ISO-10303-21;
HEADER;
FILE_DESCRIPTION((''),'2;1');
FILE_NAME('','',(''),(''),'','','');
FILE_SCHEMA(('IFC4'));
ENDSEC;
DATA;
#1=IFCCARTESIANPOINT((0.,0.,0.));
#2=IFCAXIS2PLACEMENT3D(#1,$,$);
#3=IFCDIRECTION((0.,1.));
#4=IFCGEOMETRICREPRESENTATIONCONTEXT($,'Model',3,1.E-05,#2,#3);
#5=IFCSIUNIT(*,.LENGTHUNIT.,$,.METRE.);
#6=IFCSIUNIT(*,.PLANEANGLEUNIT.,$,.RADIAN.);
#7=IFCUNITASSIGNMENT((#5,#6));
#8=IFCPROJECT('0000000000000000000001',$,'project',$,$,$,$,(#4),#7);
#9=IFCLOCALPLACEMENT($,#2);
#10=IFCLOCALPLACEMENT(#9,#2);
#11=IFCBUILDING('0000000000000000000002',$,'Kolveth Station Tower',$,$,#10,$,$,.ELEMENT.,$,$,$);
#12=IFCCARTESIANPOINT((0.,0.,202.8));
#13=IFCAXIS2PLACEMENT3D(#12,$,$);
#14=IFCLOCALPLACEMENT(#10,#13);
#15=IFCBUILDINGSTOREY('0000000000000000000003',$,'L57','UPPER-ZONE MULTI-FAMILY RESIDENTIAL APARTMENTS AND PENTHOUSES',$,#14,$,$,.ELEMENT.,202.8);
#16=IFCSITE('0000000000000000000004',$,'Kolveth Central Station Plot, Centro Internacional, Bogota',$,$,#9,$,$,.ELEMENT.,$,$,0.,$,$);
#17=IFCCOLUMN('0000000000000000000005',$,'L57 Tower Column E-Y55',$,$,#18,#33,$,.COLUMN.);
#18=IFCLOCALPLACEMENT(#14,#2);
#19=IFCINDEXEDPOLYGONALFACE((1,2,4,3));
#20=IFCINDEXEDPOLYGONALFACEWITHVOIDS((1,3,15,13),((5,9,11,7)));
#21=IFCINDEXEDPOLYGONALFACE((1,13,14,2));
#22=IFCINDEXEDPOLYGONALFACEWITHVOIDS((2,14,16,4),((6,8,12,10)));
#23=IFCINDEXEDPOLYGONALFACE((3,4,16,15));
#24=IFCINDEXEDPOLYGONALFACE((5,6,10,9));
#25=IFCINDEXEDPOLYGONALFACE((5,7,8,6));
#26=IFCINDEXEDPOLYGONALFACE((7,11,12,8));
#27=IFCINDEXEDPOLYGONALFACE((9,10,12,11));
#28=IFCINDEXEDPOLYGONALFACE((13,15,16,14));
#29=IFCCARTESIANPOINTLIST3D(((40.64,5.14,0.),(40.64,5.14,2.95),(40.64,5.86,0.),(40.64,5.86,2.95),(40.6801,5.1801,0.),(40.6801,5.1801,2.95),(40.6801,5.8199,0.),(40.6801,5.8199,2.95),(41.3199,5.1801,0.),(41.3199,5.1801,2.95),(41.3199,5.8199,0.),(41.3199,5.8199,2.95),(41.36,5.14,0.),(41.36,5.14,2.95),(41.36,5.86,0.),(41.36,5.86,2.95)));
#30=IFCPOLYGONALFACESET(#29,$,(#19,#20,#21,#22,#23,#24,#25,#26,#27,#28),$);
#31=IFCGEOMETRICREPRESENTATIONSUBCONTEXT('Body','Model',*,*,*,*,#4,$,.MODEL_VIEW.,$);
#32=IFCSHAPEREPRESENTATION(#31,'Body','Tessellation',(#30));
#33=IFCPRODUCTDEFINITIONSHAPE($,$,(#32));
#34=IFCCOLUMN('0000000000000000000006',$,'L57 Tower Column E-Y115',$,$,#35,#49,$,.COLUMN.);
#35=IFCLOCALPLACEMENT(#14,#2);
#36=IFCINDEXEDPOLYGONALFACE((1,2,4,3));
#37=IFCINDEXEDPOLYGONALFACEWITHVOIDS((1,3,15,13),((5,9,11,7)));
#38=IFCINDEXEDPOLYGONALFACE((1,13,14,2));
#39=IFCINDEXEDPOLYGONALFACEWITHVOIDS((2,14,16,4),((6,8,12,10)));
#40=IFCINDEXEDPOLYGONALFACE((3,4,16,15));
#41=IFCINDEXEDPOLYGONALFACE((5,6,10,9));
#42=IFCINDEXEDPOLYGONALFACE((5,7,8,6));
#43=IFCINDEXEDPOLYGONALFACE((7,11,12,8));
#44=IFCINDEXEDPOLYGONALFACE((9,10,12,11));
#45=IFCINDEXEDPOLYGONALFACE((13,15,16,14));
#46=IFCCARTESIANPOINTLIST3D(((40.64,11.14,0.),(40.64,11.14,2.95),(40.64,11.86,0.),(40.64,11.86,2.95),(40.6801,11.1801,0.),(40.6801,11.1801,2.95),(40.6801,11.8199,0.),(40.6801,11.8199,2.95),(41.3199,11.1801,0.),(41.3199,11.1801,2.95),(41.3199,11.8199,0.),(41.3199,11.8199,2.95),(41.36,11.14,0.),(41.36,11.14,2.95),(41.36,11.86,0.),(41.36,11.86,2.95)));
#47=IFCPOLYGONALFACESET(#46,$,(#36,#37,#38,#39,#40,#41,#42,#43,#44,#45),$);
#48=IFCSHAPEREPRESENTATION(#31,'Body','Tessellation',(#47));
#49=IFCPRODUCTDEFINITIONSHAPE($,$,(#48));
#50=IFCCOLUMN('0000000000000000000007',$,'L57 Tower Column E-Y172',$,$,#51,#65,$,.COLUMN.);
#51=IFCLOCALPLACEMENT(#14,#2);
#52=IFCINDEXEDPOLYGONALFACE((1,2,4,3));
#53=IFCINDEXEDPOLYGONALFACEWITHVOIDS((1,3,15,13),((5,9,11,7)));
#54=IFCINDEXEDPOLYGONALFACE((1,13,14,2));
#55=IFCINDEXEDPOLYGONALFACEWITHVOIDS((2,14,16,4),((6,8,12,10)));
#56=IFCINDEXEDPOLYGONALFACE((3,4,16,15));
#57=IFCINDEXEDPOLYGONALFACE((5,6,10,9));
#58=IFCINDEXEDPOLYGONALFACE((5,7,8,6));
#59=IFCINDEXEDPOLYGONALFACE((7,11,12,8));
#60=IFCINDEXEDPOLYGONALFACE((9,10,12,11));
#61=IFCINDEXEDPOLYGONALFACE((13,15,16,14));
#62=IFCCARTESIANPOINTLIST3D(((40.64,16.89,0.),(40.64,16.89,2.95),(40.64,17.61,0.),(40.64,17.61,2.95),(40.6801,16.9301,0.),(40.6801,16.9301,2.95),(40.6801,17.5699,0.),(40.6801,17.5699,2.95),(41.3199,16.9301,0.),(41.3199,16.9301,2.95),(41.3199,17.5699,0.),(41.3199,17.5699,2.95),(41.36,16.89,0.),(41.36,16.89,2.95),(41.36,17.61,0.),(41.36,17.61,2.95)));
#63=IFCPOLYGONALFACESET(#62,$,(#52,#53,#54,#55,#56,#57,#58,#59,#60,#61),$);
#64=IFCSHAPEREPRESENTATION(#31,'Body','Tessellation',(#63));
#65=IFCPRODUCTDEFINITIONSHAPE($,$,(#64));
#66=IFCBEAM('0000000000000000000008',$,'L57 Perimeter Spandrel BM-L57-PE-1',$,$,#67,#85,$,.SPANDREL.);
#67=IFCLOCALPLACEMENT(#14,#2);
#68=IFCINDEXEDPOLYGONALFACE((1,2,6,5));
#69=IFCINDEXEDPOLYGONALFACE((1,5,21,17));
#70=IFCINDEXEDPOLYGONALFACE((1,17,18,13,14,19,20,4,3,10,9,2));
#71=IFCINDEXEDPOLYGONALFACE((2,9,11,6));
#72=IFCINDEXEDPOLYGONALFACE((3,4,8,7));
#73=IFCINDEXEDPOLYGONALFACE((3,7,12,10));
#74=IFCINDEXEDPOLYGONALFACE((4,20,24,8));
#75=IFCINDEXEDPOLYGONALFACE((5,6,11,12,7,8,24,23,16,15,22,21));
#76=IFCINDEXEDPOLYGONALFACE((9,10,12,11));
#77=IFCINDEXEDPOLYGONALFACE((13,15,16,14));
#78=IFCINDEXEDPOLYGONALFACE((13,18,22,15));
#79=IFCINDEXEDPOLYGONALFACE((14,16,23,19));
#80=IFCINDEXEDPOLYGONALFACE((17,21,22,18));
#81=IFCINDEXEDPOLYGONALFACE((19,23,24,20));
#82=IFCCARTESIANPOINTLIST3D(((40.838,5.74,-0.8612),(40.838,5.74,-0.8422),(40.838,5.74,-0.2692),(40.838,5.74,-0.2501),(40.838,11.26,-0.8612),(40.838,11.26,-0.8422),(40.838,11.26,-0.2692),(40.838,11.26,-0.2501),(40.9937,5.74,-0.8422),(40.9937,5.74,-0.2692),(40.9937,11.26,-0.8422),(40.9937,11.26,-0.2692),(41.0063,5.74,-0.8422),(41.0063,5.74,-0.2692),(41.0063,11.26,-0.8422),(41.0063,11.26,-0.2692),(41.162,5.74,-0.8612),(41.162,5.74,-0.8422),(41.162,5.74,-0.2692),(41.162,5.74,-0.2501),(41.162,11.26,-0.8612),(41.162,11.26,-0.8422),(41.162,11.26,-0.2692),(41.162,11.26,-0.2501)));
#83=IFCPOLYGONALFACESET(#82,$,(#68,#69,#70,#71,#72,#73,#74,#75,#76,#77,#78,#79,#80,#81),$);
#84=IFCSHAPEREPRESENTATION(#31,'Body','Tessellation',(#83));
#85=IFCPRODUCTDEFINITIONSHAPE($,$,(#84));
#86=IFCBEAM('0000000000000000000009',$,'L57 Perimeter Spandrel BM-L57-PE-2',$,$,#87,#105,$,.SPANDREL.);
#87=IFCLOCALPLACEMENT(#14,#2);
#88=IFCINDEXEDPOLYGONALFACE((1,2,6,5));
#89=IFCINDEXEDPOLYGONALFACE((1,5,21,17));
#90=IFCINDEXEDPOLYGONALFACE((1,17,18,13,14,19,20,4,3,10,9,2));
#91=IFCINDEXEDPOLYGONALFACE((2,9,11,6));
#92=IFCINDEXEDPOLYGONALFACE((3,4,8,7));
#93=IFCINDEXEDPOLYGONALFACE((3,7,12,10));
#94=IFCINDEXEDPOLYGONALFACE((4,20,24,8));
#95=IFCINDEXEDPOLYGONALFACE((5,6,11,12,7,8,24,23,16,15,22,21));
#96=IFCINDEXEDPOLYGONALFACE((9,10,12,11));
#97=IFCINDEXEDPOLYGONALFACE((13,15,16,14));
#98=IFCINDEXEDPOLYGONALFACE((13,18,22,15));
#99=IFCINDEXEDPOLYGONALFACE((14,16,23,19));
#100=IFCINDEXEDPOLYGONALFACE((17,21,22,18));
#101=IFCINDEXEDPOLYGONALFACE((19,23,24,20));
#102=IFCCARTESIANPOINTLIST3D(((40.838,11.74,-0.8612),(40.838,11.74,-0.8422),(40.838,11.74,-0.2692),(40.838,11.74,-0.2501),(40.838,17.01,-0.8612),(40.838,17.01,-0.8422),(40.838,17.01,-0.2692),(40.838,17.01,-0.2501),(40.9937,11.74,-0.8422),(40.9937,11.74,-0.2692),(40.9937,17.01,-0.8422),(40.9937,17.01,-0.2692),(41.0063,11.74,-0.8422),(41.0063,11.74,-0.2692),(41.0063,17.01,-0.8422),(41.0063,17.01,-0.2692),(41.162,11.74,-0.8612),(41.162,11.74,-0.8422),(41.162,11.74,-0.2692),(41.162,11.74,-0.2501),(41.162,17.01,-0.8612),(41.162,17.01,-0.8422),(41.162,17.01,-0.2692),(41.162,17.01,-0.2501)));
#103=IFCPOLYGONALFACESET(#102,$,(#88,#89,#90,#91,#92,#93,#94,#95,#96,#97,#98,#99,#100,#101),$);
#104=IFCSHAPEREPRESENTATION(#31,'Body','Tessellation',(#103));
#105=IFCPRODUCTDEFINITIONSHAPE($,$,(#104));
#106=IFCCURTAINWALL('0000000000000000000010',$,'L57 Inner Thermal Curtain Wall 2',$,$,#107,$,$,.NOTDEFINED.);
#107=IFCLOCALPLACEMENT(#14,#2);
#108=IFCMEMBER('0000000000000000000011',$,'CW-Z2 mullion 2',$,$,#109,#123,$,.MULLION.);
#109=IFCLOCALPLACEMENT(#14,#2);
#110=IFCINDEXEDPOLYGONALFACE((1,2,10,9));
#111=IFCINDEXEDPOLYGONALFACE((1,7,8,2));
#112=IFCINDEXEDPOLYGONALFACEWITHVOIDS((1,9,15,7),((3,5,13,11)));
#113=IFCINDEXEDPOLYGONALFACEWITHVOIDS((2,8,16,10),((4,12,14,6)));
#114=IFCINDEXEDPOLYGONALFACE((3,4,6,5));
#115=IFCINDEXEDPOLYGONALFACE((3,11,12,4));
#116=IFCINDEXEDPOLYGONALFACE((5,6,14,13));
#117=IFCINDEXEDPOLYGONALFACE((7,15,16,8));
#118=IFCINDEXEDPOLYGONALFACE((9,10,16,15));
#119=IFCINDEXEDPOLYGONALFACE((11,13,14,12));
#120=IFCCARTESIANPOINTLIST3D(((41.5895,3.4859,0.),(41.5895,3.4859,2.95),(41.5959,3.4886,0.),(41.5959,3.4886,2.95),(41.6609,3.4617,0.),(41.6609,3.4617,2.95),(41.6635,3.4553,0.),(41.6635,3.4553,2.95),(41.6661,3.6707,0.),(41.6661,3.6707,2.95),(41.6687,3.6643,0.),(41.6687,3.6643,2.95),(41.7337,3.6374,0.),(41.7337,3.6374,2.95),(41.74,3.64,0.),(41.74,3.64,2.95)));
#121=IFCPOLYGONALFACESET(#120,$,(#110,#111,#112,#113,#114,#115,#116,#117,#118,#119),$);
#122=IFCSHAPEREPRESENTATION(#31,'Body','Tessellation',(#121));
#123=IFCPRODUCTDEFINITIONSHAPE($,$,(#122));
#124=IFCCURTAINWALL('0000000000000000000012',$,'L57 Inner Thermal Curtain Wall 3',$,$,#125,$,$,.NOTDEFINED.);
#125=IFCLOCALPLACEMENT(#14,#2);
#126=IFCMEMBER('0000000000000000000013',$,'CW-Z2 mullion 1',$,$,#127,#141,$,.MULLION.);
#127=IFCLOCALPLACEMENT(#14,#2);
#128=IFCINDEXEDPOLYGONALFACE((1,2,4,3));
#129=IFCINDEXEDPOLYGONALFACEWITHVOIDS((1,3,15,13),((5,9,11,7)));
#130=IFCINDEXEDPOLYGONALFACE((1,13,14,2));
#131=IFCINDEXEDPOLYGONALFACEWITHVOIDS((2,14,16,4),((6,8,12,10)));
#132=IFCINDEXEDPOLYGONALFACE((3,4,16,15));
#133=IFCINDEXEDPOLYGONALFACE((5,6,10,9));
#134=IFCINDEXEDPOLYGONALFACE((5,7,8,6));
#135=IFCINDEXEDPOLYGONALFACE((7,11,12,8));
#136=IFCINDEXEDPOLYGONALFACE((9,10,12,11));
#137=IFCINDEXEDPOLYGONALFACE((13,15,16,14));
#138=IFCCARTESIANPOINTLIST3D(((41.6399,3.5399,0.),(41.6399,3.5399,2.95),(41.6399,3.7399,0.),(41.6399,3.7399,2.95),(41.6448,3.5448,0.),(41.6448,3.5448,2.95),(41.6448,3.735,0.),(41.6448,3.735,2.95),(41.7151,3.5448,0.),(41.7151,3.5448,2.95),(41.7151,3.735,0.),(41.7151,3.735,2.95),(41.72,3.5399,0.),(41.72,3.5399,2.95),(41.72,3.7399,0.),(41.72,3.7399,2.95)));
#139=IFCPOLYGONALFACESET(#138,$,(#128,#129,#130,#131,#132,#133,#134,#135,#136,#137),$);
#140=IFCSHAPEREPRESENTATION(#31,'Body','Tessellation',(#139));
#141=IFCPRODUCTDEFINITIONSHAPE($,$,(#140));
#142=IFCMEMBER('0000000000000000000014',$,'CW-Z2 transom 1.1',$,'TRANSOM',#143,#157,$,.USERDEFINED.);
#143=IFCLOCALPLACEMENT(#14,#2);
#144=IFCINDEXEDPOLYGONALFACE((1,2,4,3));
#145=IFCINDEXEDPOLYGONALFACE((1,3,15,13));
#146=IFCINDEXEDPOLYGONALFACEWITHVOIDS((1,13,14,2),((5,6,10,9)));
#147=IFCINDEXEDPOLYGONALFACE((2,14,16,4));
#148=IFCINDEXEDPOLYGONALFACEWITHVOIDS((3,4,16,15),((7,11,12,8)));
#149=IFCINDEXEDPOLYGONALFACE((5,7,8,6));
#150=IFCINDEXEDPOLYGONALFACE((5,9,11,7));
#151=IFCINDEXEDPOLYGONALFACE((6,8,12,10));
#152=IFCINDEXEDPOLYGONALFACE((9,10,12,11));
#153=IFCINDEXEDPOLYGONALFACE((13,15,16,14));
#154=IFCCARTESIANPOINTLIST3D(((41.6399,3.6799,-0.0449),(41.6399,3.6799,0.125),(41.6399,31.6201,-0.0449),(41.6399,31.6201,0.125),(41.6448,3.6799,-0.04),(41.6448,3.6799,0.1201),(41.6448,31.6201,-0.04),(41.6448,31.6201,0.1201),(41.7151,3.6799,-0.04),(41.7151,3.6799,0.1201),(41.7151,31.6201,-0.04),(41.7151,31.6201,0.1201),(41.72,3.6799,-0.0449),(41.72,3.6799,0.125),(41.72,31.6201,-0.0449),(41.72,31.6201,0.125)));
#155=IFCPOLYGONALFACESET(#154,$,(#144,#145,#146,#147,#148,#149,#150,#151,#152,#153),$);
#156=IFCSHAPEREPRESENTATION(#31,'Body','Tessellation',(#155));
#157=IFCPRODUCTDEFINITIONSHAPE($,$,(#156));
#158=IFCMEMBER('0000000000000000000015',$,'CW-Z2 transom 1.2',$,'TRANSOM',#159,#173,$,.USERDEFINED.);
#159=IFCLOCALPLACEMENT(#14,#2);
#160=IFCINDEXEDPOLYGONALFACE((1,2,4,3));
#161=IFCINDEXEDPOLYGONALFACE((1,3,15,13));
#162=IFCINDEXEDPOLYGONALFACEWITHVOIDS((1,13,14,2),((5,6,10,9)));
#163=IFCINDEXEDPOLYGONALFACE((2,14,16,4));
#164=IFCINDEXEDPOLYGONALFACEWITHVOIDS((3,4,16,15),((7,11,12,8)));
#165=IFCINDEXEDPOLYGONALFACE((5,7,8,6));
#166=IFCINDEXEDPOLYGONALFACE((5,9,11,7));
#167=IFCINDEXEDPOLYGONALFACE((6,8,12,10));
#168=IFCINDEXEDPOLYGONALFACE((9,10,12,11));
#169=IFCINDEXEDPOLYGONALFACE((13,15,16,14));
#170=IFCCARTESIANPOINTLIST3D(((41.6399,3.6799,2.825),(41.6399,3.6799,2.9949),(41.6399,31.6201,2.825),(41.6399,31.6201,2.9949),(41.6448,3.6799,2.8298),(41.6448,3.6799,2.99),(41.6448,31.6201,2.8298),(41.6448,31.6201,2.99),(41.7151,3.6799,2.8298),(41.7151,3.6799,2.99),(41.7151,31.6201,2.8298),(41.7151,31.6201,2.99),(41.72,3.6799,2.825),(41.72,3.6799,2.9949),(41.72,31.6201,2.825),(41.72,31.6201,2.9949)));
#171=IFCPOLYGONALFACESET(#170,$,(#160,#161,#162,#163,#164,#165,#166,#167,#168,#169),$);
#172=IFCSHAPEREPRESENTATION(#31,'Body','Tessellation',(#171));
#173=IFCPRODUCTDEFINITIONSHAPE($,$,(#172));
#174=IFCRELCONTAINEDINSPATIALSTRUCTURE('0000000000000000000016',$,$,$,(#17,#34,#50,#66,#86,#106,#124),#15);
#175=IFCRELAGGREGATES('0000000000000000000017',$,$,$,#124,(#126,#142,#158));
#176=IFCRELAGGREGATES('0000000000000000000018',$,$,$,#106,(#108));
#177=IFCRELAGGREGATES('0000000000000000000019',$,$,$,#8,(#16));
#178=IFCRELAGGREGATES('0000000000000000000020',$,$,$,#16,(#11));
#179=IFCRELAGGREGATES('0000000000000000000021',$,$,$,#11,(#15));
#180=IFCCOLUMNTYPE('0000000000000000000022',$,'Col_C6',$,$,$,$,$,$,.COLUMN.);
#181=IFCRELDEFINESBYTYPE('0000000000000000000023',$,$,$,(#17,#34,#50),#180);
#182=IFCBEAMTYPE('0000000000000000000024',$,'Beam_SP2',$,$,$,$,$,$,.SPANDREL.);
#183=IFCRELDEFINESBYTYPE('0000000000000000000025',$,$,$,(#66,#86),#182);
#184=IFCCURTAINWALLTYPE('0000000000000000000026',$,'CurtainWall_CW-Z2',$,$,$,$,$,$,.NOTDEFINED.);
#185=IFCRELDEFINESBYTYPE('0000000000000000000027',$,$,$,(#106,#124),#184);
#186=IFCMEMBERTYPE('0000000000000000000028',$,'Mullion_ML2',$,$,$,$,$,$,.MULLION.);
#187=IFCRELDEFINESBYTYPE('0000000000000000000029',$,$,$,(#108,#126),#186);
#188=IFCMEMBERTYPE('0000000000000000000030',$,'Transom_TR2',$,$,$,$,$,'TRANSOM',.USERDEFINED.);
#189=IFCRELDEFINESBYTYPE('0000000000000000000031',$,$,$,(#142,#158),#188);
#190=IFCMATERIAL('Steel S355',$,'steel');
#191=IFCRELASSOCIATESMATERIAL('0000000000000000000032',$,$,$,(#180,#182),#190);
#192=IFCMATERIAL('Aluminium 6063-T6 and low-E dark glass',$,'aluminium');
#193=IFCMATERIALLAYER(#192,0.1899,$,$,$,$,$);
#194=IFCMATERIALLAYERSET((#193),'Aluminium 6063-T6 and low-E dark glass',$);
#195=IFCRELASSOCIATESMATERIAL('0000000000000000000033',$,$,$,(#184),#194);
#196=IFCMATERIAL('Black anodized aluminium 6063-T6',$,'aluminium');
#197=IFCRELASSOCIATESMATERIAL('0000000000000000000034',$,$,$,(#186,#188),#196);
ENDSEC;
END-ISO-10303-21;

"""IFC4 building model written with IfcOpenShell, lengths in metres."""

from ifc_helpers import new_model, si_unit, direction, frame, origin, origin_2d, place, context, subcontext, project, spatial, hollow_rectangle, i_section, extrude, source, transform, mapped, material, layer, layer_set, material_profile, profile_set, type_object, element, aggregate, save


model = new_model("IFC4")

# Units and contexts
model_context = context("Model", 3, precision=1e-05, world=origin(), true_north=direction((0.0, 1.0)))
body_context = subcontext(model_context, "Body", "Model", "MODEL_VIEW")
ifc_project = project(units=[si_unit("LENGTHUNIT", "METRE"), si_unit("PLANEANGLEUNIT", "RADIAN")], contexts=[model_context])

# Site, building, storey
site_placement = place(None, origin())
site = spatial("IfcSite", under=ifc_project, at=site_placement, Name="Kolveth Central Station Plot, Centro Internacional, Bogota", CompositionType="ELEMENT", RefElevation=0.0)
building_placement = place(site_placement, origin())
building = spatial("IfcBuilding", under=site, at=building_placement, Name="Kolveth Station Tower", CompositionType="ELEMENT")
storey_placement = place(building_placement, frame((0.0, 0.0, 202.8)))
storey = spatial("IfcBuildingStorey", under=building, at=storey_placement, Name="L57", Description="UPPER-ZONE MULTI-FAMILY RESIDENTIAL APARTMENTS AND PENTHOUSES", CompositionType="ELEMENT", Elevation=202.8)

# Columns
ifc_material_1 = material(Name="Steel S355", Category="steel")
ifc_material_profile_1 = material_profile(ifc_material_1, hollow_rectangle(XDim=0.72, YDim=0.72, WallThickness=0.04, at=origin_2d()), Name="BOX720x720x40")
ifc_profile_set_1 = profile_set([ifc_material_profile_1], Name="Steel S355")
column_type = type_object("IfcColumnType", Name="Col_C6", PredefinedType="COLUMN", material=ifc_profile_set_1)
shared_shape_1 = source(origin(), body_context, "Body", "SweptSolid", [
    extrude(hollow_rectangle(XDim=0.72, YDim=0.72, WallThickness=0.04, at=origin_2d()), origin(), (0.0, 0.0, 1.0), 2.95),
])
for number, where, z_axis, x_axis, name in (
    (1, (41.0, 5.5, 0.0), (0.0, 0.0, 1.0), (1.0, 0.0, 0.0), "L57 Tower Column E-Y55"),
    (2, (41.0, 11.5, 0.0), (0.0, 0.0, 1.0), (1.0, 0.0, 0.0), "L57 Tower Column E-Y115"),
    (3, (41.0, 17.25, 0.0), (0.0, 0.0, 1.0), (1.0, 0.0, 0.0), "L57 Tower Column E-Y172"),
):
    element("IfcColumn", number, at=place(storey_placement, frame(where, z_axis=z_axis, x_axis=x_axis)), inside=storey, type_object=column_type, Name=name, PredefinedType="COLUMN", context=body_context, shape_type="MappedRepresentation", body=[
        mapped(shared_shape_1, transform((0.0, 0.0, 0.0), x_axis=(1.0, 0.0, 0.0), y_axis=(0.0, 1.0, 0.0), z_axis=(0.0, 0.0, 1.0), scale=1.0)),
    ])

# Beams
ifc_material_profile_2 = material_profile(ifc_material_1, i_section(OverallWidth=0.324, OverallDepth=0.6111, WebThickness=0.0127, FlangeThickness=0.019, at=origin_2d()), Name="W610x155")
ifc_profile_set_2 = profile_set([ifc_material_profile_2], Name="Steel S355")
beam_type = type_object("IfcBeamType", Name="Beam_SP2", PredefinedType="SPANDREL", material=ifc_profile_set_2)
shared_shape_2 = source(origin(), body_context, "Body", "SweptSolid", [
    extrude(i_section(OverallWidth=0.324, OverallDepth=0.6111, WebThickness=0.0127, FlangeThickness=0.019, at=origin_2d()), origin(), (0.0, 0.0, 1.0), 5.52),
])
beam_1_placement = place(storey_placement, frame((41.0, 5.74, -0.5557), z_axis=(0.0, 1.0, 0.0), x_axis=(-1.0, 0.0, 0.0)))
element("IfcBeam", 4, at=beam_1_placement, inside=storey, type_object=beam_type, Name="L57 Perimeter Spandrel BM-L57-PE-1", PredefinedType="SPANDREL", context=body_context, shape_type="MappedRepresentation", body=[
    mapped(shared_shape_2, transform((0.0, 0.0, 0.0), x_axis=(1.0, 0.0, 0.0), y_axis=(0.0, 1.0, 0.0), z_axis=(0.0, 0.0, 1.0), scale=1.0)),
])
shared_shape_3 = source(origin(), body_context, "Body", "SweptSolid", [
    extrude(i_section(OverallWidth=0.324, OverallDepth=0.6111, WebThickness=0.0127, FlangeThickness=0.019, at=origin_2d()), origin(), (0.0, 0.0, 1.0), 5.27),
])
beam_2_placement = place(storey_placement, frame((41.0, 11.74, -0.5557), z_axis=(0.0, 1.0, 0.0), x_axis=(-1.0, 0.0, 0.0)))
element("IfcBeam", 5, at=beam_2_placement, inside=storey, type_object=beam_type, Name="L57 Perimeter Spandrel BM-L57-PE-2", PredefinedType="SPANDREL", context=body_context, shape_type="MappedRepresentation", body=[
    mapped(shared_shape_3, transform((0.0, 0.0, 0.0), x_axis=(1.0, 0.0, 0.0), y_axis=(0.0, 1.0, 0.0), z_axis=(0.0, 0.0, 1.0), scale=1.0)),
])

# Curtain wall, member
ifc_material_2 = material(Name="Aluminium 6063-T6 and low-E dark glass", Category="aluminium")
ifc_layer_1 = layer(ifc_material_2, 0.1899)
ifc_layer_set_1 = layer_set([ifc_layer_1], Name="Aluminium 6063-T6 and low-E dark glass")
curtain_wall_type_1 = type_object("IfcCurtainWallType", Name="CurtainWall_CW-Z2", PredefinedType="NOTDEFINED", material=ifc_layer_set_1)
curtain_wall_1_placement = place(storey_placement, origin())
curtain_wall_1 = element("IfcCurtainWall", 6, at=curtain_wall_1_placement, inside=storey, type_object=curtain_wall_type_1, Name="L57 Inner Thermal Curtain Wall 2", PredefinedType="NOTDEFINED")
ifc_material_3 = material(Name="Black anodized aluminium 6063-T6", Category="aluminium")
ifc_material_profile_3 = material_profile(ifc_material_3, hollow_rectangle(XDim=0.0801, YDim=0.2, WallThickness=0.0049, at=origin_2d()), Name="ALU-80x200x5")
ifc_profile_set_3 = profile_set([ifc_material_profile_3], Name="Black anodized aluminium 6063-T6")
member_type_1 = type_object("IfcMemberType", Name="Mullion_ML2", PredefinedType="MULLION", material=ifc_profile_set_3)
shared_shape_4 = source(origin(), body_context, "Body", "SweptSolid", [
    extrude(hollow_rectangle(XDim=0.0801, YDim=0.2, WallThickness=0.0049, at=origin_2d()), origin(), (0.0, 0.0, 1.0), 2.95),
])
member_1_placement = place(storey_placement, frame((41.6648, 3.563, 0.0), z_axis=(0.0, 0.0, 1.0), x_axis=(-0.923874, 0.382698, 0.0)))
member_1 = element("IfcMember", 7, at=member_1_placement, type_object=member_type_1, Name="CW-Z2 mullion 2", PredefinedType="MULLION", context=body_context, shape_type="MappedRepresentation", body=[
    mapped(shared_shape_4, transform((0.0, 0.0, 0.0), x_axis=(1.0, 0.0, 0.0), y_axis=(0.0, 1.0, 0.0), z_axis=(0.0, 0.0, 1.0), scale=1.0)),
])

# Curtain wall, members
curtain_wall_2_placement = place(storey_placement, origin())
curtain_wall_2 = element("IfcCurtainWall", 8, at=curtain_wall_2_placement, inside=storey, type_object=curtain_wall_type_1, Name="L57 Inner Thermal Curtain Wall 3", PredefinedType="NOTDEFINED")
member_2_placement = place(storey_placement, frame((41.6799, 3.6399, 0.0), z_axis=(0.0, 0.0, 1.0), x_axis=(-1.0, 0.0, 0.0)))
member_2 = element("IfcMember", 9, at=member_2_placement, type_object=member_type_1, Name="CW-Z2 mullion 1", PredefinedType="MULLION", context=body_context, shape_type="MappedRepresentation", body=[
    mapped(shared_shape_4, transform((0.0, 0.0, 0.0), x_axis=(1.0, 0.0, 0.0), y_axis=(0.0, 1.0, 0.0), z_axis=(0.0, 0.0, 1.0), scale=1.0)),
])
ifc_material_profile_4 = material_profile(ifc_material_3, hollow_rectangle(XDim=0.0801, YDim=0.1699, WallThickness=0.0049, at=origin_2d()), Name="ALU-80x170x5")
ifc_profile_set_4 = profile_set([ifc_material_profile_4], Name="Black anodized aluminium 6063-T6")
member_type_2 = type_object("IfcMemberType", Name="Transom_TR2", ElementType="TRANSOM", PredefinedType="USERDEFINED", material=ifc_profile_set_4)
shared_shape_5 = source(origin(), body_context, "Body", "SweptSolid", [
    extrude(hollow_rectangle(XDim=0.0801, YDim=0.1699, WallThickness=0.0049, at=origin_2d()), origin(), (0.0, 0.0, 1.0), 27.9402),
])
member_3_placement = place(storey_placement, frame((41.6799, 3.6799, 0.04), z_axis=(0.0, 1.0, 0.0), x_axis=(-1.0, 0.0, 0.0)))
member_3 = element("IfcMember", 10, at=member_3_placement, type_object=member_type_2, Name="CW-Z2 transom 1.1", ObjectType="TRANSOM", PredefinedType="USERDEFINED", context=body_context, shape_type="MappedRepresentation", body=[
    mapped(shared_shape_5, transform((0.0, 0.0, 0.0), x_axis=(1.0, 0.0, 0.0), y_axis=(0.0, 1.0, 0.0), z_axis=(0.0, 0.0, 1.0), scale=1.0)),
])
member_4_placement = place(storey_placement, frame((41.6799, 3.6799, 2.9099), z_axis=(0.0, 1.0, 0.0), x_axis=(-1.0, 0.0, 0.0)))
member_4 = element("IfcMember", 11, at=member_4_placement, type_object=member_type_2, Name="CW-Z2 transom 1.2", ObjectType="TRANSOM", PredefinedType="USERDEFINED", context=body_context, shape_type="MappedRepresentation", body=[
    mapped(shared_shape_5, transform((0.0, 0.0, 0.0), x_axis=(1.0, 0.0, 0.0), y_axis=(0.0, 1.0, 0.0), z_axis=(0.0, 0.0, 1.0), scale=1.0)),
])
aggregate(curtain_wall_2, [member_2, member_3, member_4])

aggregate(curtain_wall_1, [member_1])

save(model, "model.ifc")
